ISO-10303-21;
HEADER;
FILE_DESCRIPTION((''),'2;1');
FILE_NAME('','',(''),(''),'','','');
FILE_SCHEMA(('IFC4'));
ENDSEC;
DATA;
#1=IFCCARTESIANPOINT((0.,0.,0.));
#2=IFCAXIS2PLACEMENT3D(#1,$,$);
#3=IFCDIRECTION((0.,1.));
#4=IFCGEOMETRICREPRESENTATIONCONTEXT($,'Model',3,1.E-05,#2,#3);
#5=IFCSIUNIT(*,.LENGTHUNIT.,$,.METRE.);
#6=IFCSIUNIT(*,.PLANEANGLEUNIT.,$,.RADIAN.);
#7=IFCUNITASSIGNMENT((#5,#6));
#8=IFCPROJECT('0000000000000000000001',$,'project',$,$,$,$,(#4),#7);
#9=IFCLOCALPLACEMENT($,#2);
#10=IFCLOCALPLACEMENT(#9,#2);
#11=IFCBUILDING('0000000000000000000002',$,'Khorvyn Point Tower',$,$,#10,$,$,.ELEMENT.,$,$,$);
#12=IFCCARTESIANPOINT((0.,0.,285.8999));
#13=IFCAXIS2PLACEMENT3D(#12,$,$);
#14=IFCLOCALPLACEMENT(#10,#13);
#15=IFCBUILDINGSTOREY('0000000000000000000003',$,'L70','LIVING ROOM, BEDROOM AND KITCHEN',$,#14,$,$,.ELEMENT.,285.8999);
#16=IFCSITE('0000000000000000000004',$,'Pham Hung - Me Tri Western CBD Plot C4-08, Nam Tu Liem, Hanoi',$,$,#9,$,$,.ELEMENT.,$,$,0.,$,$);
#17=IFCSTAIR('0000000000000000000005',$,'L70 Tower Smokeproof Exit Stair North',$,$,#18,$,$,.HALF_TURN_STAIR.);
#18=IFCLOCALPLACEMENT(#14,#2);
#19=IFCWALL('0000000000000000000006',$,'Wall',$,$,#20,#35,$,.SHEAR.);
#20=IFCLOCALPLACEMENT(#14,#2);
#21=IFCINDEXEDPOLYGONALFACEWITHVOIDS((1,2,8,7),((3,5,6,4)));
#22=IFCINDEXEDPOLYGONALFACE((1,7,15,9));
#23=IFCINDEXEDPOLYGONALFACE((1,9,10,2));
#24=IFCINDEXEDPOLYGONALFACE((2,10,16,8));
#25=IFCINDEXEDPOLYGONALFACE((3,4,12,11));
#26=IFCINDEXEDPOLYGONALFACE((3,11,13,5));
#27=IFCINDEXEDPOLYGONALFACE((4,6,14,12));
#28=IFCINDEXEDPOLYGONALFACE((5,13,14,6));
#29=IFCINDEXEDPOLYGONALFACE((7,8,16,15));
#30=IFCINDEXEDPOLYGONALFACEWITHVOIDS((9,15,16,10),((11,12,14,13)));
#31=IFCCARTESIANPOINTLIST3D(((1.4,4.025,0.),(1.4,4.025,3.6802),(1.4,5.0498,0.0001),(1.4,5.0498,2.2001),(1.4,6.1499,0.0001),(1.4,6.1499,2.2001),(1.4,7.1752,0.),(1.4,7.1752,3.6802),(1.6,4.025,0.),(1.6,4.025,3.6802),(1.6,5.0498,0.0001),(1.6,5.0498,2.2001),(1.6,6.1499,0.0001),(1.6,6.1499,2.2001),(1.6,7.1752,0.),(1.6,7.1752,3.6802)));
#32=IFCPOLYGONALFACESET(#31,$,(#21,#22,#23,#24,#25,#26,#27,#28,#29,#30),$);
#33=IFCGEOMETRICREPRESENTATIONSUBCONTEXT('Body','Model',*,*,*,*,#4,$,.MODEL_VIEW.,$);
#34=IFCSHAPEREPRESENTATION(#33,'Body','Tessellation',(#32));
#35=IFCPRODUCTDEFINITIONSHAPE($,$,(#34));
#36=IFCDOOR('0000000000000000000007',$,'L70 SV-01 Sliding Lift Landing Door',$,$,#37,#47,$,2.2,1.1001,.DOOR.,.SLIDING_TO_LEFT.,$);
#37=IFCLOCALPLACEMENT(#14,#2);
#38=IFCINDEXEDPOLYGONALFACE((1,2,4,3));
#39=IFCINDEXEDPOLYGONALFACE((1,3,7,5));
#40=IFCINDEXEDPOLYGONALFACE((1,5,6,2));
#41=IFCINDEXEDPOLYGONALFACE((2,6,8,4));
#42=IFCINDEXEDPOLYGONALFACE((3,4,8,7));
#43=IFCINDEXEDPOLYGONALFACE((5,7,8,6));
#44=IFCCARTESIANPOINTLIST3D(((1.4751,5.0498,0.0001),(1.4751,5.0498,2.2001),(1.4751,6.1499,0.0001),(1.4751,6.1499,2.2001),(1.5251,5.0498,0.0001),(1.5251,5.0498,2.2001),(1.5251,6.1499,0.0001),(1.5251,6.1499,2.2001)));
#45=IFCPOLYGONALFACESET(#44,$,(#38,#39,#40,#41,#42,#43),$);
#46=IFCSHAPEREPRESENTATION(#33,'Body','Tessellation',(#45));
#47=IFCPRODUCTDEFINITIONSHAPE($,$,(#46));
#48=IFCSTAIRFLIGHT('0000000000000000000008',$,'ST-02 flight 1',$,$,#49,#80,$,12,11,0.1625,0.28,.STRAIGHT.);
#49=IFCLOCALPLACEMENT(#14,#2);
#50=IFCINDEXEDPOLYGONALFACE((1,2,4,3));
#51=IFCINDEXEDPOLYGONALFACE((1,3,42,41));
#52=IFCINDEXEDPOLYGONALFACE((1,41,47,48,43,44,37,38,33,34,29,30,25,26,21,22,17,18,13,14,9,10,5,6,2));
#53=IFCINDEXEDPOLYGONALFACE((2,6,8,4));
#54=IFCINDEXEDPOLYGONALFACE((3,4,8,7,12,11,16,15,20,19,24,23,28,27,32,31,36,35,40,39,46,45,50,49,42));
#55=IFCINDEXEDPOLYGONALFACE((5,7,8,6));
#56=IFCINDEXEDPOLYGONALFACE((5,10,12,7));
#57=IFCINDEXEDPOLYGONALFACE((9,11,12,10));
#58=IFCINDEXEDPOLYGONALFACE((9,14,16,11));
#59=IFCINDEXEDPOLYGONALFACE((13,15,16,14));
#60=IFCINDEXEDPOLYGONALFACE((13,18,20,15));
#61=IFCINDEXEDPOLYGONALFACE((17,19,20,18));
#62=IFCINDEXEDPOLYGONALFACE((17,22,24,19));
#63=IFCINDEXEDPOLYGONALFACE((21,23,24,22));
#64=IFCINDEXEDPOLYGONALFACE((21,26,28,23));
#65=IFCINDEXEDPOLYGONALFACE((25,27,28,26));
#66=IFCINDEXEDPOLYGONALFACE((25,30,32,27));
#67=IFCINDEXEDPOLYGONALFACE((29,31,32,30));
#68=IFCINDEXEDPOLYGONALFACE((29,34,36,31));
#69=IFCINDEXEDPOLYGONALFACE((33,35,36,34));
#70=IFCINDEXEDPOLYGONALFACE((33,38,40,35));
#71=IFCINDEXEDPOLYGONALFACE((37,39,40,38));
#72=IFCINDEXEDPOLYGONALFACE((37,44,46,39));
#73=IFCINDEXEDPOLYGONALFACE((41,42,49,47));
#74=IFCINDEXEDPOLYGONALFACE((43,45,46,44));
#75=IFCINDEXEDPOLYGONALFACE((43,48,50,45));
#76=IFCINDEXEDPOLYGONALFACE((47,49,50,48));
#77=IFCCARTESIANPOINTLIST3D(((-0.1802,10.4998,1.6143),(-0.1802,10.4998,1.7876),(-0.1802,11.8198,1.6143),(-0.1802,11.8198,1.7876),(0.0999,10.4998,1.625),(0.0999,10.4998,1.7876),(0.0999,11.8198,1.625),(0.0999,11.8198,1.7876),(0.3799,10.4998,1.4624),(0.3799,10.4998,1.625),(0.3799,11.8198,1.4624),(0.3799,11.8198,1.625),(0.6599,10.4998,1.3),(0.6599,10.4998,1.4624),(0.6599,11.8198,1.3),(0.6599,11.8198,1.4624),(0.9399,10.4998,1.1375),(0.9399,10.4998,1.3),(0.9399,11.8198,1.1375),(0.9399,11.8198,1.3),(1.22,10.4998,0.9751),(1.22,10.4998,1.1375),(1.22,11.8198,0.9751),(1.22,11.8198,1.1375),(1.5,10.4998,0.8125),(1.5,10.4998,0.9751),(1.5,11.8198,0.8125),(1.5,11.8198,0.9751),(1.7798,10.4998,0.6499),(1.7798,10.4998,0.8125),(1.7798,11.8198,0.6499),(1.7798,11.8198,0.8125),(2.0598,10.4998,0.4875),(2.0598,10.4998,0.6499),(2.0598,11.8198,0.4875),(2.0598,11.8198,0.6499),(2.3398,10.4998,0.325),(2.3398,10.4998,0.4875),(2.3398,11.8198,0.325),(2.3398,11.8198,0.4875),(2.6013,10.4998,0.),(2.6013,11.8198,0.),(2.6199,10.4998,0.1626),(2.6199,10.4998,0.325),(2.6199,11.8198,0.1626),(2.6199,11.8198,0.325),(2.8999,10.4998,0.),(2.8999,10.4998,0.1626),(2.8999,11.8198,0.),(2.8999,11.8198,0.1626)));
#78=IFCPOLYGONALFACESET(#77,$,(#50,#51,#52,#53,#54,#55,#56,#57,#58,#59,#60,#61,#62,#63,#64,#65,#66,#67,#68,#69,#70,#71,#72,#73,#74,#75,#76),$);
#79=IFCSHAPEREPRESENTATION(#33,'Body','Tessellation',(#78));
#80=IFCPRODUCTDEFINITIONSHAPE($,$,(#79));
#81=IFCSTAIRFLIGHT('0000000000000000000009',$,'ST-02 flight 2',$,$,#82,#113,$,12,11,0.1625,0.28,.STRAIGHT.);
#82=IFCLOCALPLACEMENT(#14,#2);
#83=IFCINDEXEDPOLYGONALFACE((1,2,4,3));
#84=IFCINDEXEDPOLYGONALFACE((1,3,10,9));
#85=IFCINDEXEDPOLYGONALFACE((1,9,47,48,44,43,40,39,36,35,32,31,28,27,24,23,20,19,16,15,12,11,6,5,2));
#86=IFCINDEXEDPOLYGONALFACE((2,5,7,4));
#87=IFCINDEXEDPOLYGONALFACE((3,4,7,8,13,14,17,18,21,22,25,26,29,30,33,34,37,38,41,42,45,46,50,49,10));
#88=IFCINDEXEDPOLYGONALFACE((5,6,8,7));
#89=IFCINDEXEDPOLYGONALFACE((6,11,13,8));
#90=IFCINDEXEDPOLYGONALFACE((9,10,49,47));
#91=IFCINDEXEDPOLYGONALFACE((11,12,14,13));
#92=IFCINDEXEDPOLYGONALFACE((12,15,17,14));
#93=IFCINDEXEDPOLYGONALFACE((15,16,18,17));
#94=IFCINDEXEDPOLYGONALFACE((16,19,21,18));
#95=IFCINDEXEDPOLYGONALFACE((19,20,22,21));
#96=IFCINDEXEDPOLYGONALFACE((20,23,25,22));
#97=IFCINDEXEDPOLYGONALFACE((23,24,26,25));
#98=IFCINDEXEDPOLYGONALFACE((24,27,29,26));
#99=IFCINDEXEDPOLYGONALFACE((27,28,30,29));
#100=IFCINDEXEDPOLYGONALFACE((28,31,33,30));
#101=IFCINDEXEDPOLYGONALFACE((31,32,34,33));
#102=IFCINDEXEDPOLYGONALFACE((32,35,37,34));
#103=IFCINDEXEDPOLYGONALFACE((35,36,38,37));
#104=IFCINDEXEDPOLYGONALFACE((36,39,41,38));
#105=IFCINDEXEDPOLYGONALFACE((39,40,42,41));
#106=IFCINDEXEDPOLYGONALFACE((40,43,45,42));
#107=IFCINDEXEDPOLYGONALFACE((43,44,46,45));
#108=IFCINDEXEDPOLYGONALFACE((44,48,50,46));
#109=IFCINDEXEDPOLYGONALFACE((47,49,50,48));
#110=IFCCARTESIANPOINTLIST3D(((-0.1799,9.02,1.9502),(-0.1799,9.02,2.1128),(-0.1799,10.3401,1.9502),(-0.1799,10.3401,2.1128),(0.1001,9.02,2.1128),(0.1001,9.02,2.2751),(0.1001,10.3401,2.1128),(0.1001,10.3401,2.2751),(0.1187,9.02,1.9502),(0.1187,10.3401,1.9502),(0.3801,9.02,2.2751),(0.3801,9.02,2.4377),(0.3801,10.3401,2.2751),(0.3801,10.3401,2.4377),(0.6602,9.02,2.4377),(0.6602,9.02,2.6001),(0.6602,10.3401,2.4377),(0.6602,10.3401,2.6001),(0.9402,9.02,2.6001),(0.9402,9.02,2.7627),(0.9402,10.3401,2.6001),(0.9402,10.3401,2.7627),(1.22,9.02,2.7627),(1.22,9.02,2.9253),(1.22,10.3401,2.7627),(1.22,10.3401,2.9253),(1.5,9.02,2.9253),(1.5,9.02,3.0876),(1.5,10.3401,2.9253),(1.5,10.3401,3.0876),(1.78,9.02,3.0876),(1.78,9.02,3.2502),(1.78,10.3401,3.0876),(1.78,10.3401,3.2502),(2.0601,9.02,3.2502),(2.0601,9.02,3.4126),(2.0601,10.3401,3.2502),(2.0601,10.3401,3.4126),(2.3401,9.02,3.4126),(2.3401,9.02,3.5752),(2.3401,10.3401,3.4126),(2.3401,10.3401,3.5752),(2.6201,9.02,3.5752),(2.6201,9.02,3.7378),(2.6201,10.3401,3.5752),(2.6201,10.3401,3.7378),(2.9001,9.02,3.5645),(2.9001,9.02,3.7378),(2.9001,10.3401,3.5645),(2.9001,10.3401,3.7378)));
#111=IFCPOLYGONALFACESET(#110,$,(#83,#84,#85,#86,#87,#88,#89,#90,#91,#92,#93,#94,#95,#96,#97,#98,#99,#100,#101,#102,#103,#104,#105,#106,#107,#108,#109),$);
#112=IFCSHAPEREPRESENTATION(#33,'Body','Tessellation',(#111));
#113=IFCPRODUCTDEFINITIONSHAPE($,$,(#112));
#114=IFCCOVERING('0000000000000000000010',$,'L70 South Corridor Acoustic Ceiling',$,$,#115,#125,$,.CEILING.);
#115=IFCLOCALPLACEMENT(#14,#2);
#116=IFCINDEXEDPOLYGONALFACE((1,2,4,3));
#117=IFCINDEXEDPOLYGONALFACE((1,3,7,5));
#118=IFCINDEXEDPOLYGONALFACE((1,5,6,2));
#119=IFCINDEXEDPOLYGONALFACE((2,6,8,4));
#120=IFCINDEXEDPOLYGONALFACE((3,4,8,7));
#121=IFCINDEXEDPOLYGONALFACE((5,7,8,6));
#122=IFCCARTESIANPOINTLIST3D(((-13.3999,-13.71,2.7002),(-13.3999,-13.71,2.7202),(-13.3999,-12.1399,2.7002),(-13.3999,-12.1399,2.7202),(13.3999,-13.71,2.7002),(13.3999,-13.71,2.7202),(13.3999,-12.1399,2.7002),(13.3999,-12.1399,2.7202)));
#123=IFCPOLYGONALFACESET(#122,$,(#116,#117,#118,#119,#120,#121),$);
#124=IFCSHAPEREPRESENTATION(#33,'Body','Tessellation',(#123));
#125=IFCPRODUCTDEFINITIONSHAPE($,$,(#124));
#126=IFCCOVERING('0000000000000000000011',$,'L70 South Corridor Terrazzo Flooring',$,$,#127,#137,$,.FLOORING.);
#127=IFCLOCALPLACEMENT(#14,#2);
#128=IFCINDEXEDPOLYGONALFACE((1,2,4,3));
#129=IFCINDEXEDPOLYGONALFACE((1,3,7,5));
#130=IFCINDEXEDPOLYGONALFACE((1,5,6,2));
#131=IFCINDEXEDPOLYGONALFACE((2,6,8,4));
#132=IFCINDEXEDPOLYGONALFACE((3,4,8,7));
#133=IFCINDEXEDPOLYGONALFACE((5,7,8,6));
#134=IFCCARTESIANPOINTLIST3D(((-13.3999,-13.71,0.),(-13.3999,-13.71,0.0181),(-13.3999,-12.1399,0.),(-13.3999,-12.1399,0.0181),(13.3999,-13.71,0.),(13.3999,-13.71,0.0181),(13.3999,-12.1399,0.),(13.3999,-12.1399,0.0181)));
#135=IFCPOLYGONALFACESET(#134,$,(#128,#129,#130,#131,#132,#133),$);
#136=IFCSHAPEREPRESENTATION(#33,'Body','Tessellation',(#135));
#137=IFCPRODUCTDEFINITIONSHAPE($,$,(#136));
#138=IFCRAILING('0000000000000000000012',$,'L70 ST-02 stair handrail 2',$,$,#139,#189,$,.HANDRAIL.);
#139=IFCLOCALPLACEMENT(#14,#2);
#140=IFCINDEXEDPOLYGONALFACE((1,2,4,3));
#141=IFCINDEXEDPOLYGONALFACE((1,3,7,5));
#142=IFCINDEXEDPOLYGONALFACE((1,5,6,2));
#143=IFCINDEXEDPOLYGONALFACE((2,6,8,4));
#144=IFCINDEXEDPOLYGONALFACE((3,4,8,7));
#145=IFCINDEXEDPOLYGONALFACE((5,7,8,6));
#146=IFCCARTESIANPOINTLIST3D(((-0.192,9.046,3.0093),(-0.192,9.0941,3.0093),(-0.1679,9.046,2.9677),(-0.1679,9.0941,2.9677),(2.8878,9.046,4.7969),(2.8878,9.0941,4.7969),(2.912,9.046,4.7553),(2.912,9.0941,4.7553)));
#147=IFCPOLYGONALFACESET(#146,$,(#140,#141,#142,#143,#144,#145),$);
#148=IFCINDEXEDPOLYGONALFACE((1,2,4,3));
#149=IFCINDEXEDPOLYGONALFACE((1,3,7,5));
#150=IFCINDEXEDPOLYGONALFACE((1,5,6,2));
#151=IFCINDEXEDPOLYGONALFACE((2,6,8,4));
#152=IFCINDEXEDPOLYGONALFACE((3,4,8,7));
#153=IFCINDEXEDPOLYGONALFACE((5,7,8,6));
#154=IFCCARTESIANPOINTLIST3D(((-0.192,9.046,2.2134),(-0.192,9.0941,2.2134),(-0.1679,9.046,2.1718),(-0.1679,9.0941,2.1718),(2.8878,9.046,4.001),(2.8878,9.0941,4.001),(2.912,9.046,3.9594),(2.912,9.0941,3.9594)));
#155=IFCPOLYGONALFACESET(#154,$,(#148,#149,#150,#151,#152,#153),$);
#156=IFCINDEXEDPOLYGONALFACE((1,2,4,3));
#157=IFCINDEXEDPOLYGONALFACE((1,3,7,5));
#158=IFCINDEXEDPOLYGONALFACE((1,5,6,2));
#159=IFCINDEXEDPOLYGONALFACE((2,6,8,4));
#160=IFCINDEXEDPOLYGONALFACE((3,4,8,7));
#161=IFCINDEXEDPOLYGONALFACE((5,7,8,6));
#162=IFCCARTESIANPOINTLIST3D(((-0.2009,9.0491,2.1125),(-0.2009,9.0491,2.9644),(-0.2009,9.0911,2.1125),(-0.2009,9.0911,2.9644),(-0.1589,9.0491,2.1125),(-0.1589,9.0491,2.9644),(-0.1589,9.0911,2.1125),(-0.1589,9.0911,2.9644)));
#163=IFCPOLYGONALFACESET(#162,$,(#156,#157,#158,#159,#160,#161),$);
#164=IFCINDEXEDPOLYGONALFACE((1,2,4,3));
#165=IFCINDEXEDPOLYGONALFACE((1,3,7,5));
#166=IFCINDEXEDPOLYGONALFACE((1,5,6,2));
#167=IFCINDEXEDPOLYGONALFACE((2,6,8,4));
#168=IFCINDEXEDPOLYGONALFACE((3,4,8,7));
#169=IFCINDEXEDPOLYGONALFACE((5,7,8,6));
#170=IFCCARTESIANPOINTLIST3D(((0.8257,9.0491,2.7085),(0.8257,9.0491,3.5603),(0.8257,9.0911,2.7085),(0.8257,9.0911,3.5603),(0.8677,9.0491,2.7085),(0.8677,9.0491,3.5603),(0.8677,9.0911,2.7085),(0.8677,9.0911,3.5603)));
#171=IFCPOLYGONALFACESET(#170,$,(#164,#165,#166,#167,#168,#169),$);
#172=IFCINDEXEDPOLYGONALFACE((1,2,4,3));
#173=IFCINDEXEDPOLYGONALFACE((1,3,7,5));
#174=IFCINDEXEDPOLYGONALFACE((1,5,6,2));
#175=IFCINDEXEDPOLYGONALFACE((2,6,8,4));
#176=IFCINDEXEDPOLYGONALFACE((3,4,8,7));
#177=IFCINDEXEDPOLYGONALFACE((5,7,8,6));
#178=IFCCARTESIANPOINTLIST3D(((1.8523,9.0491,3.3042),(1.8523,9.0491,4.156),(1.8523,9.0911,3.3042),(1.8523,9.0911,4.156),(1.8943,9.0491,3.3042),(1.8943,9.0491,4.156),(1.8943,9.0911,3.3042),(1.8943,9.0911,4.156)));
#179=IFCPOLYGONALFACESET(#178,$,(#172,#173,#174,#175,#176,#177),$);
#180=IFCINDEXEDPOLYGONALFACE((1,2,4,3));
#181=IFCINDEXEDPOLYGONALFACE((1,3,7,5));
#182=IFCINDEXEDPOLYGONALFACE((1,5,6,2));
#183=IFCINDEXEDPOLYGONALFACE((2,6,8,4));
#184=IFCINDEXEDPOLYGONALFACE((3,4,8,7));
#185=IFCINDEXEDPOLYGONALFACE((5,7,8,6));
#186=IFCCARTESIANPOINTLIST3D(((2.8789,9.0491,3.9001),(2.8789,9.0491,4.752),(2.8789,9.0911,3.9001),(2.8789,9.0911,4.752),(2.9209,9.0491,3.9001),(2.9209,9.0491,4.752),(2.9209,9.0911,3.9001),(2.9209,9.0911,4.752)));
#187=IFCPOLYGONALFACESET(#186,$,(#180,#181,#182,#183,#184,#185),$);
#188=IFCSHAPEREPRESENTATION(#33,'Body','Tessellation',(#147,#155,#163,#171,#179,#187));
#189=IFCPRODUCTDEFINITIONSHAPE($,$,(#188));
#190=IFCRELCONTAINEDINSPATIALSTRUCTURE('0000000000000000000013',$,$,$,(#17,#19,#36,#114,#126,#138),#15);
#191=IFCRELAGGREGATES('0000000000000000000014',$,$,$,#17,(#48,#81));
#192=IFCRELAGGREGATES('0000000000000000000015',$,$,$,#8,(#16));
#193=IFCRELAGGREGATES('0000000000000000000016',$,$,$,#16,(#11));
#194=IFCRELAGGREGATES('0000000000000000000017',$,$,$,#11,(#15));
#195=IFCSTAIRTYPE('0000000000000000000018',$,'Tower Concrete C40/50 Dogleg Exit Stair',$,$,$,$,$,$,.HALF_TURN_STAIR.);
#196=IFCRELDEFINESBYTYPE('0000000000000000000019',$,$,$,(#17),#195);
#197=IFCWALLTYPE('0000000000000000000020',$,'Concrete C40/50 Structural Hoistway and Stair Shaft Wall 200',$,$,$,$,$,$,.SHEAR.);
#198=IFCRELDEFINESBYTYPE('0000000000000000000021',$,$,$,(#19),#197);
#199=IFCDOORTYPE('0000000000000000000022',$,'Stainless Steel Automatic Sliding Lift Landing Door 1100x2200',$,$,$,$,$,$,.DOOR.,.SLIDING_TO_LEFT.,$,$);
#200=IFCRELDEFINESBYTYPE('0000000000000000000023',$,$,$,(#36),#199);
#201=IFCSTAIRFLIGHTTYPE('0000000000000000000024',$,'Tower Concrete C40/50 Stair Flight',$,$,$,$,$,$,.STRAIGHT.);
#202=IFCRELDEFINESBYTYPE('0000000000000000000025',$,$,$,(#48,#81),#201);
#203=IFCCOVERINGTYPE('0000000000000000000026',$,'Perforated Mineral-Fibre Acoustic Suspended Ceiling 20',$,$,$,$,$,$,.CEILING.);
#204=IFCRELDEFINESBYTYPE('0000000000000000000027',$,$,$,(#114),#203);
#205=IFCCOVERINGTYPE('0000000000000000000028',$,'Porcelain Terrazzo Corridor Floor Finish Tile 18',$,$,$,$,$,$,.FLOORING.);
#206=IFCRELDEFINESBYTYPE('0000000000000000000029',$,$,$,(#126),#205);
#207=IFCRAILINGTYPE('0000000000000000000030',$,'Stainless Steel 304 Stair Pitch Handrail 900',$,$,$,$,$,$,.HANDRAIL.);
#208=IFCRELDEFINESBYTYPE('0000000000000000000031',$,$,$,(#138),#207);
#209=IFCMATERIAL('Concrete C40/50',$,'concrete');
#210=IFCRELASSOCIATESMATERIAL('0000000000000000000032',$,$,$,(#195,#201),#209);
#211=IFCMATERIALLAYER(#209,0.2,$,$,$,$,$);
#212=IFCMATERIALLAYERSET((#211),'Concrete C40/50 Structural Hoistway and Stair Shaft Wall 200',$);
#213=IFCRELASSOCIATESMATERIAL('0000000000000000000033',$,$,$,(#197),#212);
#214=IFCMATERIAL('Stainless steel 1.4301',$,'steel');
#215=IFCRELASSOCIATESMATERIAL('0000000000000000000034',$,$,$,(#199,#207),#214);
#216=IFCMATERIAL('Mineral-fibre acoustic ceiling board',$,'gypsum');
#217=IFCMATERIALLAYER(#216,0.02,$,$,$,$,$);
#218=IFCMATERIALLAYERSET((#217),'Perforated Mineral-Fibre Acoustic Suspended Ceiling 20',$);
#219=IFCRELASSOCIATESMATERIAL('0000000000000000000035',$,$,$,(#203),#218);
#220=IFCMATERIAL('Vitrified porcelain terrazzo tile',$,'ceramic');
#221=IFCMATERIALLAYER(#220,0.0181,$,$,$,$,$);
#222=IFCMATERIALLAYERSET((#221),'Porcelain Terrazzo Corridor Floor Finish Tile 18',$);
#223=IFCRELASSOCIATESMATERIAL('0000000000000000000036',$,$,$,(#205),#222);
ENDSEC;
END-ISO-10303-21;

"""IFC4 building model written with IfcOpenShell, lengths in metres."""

from ifc_helpers import new_model, si_unit, direction, frame, frame_2d, origin, origin_2d, place, context, subcontext, project, spatial, polyline, rectangle, outline, extrude, material, layer, layer_set, type_object, element, fill, aggregate, save


model = new_model("IFC4")

# Units and contexts
model_context = context("Model", 3, precision=1e-05, world=origin(), true_north=direction((0.0, 1.0)))
body_context = subcontext(model_context, "Body", "Model", "MODEL_VIEW")
ifc_project = project(units=[si_unit("LENGTHUNIT", "METRE"), si_unit("PLANEANGLEUNIT", "RADIAN")], contexts=[model_context])

# Site, building, storey
site_placement = place(None, origin())
site = spatial("IfcSite", under=ifc_project, at=site_placement, Name="Pham Hung - Me Tri Western CBD Plot C4-08, Nam Tu Liem, Hanoi", CompositionType="ELEMENT", RefElevation=0.0)
building_placement = place(site_placement, origin())
building = spatial("IfcBuilding", under=site, at=building_placement, Name="Khorvyn Point Tower", CompositionType="ELEMENT")
storey_placement = place(building_placement, frame((0.0, 0.0, 285.8999)))
storey = spatial("IfcBuildingStorey", under=building, at=storey_placement, Name="L70", Description="LIVING ROOM, BEDROOM AND KITCHEN", CompositionType="ELEMENT", Elevation=285.8999)

# Shared definitions
ifc_material_1 = material(Name="Concrete C40/50", Category="concrete")

# Stair
stair_type = type_object("IfcStairType", Name="Tower Concrete C40/50 Dogleg Exit Stair", PredefinedType="HALF_TURN_STAIR", material=ifc_material_1)
stair_1_placement = place(storey_placement, origin())
stair_1 = element("IfcStair", 1, at=stair_1_placement, inside=storey, type_object=stair_type, Name="L70 Tower Smokeproof Exit Stair North", PredefinedType="HALF_TURN_STAIR")

# Wall, opening, door
ifc_layer_1 = layer(ifc_material_1, 0.2)
ifc_layer_set_1 = layer_set([ifc_layer_1], Name="Concrete C40/50 Structural Hoistway and Stair Shaft Wall 200")
wall_type = type_object("IfcWallType", Name="Concrete C40/50 Structural Hoistway and Stair Shaft Wall 200", PredefinedType="SHEAR", material=ifc_layer_set_1)
ifc_material_2 = material(Name="Stainless steel 1.4301", Category="steel")
door_type = type_object("IfcDoorType", Name="Stainless Steel Automatic Sliding Lift Landing Door 1100x2200", OperationType="SLIDING_TO_LEFT", PredefinedType="DOOR", material=ifc_material_2)
wall_1_placement = place(storey_placement, frame((1.5, 4.0249, 0.0), z_axis=(0.0, 0.0, 1.0), x_axis=(0.0, 1.0, 0.0)))
wall_1 = element("IfcWall", 2, at=wall_1_placement, inside=storey, type_object=wall_type, Name="Wall", PredefinedType="SHEAR", context=body_context, shape_type="SweptSolid", body=[
    extrude(rectangle(XDim=3.1501, YDim=0.2, at=frame_2d((1.5752, 0.0))), origin(), (0.0, 0.0, 1.0), 3.6802),
])
opening_1_placement = place(wall_1_placement, frame((1.0249, 0.0, 0.0)))
opening_1 = element("IfcOpeningElement", 3, at=opening_1_placement, cuts=wall_1, PredefinedType="OPENING", context=body_context, shape_type="SweptSolid", body=[
    extrude(rectangle(XDim=1.1001, YDim=2.2, at=frame_2d((0.55, 1.1001))), frame((0.0, 0.1099, 0.0), z_axis=(0.0, -1.0, 0.0), x_axis=(1.0, 0.0, 0.0)), (0.0, 0.0, 1.0), 0.22),
])
door_1_placement = place(opening_1_placement, origin())
door_1 = element("IfcDoor", 4, at=door_1_placement, inside=storey, type_object=door_type, Name="L70 SV-01 Sliding Lift Landing Door", OperationType="SLIDING_TO_LEFT", OverallHeight=2.2, OverallWidth=1.1001, PredefinedType="DOOR", context=body_context, shape_type="SweptSolid", body=[
    extrude(rectangle(XDim=1.1001, YDim=2.2, at=frame_2d((0.55, 1.1001))), frame((0.0, 0.0249, 0.0), z_axis=(0.0, -1.0, 0.0), x_axis=(1.0, 0.0, 0.0)), (0.0, 0.0, 1.0), 0.05),
])
fill(opening_1, door_1)

# Stair flights
stair_flight_type = type_object("IfcStairFlightType", Name="Tower Concrete C40/50 Stair Flight", PredefinedType="STRAIGHT", material=ifc_material_1)
stair_flight_1_placement = place(storey_placement, frame((2.8999, 11.1599, 0.0), z_axis=(0.0, 0.0, 1.0), x_axis=(-1.0, 0.0, 0.0)))
stair_flight_1 = element("IfcStairFlight", 5, at=stair_flight_1_placement, type_object=stair_flight_type, Name="ST-02 flight 1", NumberOfRisers=12, NumberOfTreads=11, PredefinedType="STRAIGHT", RiserHeight=0.1625, TreadLength=0.28, context=body_context, shape_type="SweptSolid", body=[
    extrude(outline(polyline([(0.0, 0.0), (0.0, 0.1626), (0.28, 0.1626), (0.28, 0.325), (0.5601, 0.325), (0.5601, 0.4875), (0.8401, 0.4875), (0.8401, 0.6499), (1.1201, 0.6499), (1.1201, 0.8125), (1.3999, 0.8125), (1.3999, 0.9751), (1.6799, 0.9751), (1.6799, 1.1375), (1.96, 1.1375), (1.96, 1.3), (2.24, 1.3), (2.24, 1.4624), (2.52, 1.4624), (2.52, 1.625), (2.8, 1.625), (2.8, 1.7876), (3.0801, 1.7876), (3.0801, 1.95), (3.0801, 1.6143), (0.2986, 0.0), (0.0, 0.0)])), frame((0.0, 0.6602, 0.0), z_axis=(0.0, -1.0, 0.0), x_axis=(1.0, 0.0, 0.0)), (0.0, 0.0, 1.0), 1.3201),
])
stair_flight_2_placement = place(storey_placement, frame((-0.1799, 9.6799, 1.9502), z_axis=(0.0, 0.0, 1.0), x_axis=(1.0, 0.0, 0.0)))
stair_flight_2 = element("IfcStairFlight", 6, at=stair_flight_2_placement, type_object=stair_flight_type, Name="ST-02 flight 2", NumberOfRisers=12, NumberOfTreads=11, PredefinedType="STRAIGHT", RiserHeight=0.1625, TreadLength=0.28, context=body_context, shape_type="SweptSolid", body=[
    extrude(outline(polyline([(0.0, 0.0), (0.0, 0.1626), (0.28, 0.1626), (0.28, 0.325), (0.5601, 0.325), (0.5601, 0.4875), (0.8401, 0.4875), (0.8401, 0.6499), (1.1201, 0.6499), (1.1201, 0.8125), (1.3999, 0.8125), (1.3999, 0.9751), (1.6799, 0.9751), (1.6799, 1.1375), (1.96, 1.1375), (1.96, 1.3), (2.24, 1.3), (2.24, 1.4624), (2.52, 1.4624), (2.52, 1.625), (2.8, 1.625), (2.8, 1.7876), (3.0801, 1.7876), (3.0801, 1.95), (3.0801, 1.6143), (0.2986, 0.0), (0.0, 0.0)])), frame((0.0, 0.6602, 0.0), z_axis=(0.0, -1.0, 0.0), x_axis=(1.0, 0.0, 0.0)), (0.0, 0.0, 1.0), 1.3201),
])
aggregate(stair_1, [stair_flight_1, stair_flight_2])

# Coverings
ifc_material_3 = material(Name="Mineral-fibre acoustic ceiling board", Category="gypsum")
ifc_layer_2 = layer(ifc_material_3, 0.02)
ifc_layer_set_2 = layer_set([ifc_layer_2], Name="Perforated Mineral-Fibre Acoustic Suspended Ceiling 20")
covering_type_1 = type_object("IfcCoveringType", Name="Perforated Mineral-Fibre Acoustic Suspended Ceiling 20", PredefinedType="CEILING", material=ifc_layer_set_2)
covering_1_placement = place(storey_placement, frame((0.0, 0.0, 2.7002)))
element("IfcCovering", 7, at=covering_1_placement, inside=storey, type_object=covering_type_1, Name="L70 South Corridor Acoustic Ceiling", PredefinedType="CEILING", context=body_context, shape_type="SweptSolid", body=[
    extrude(outline(polyline([(-13.3999, -13.71), (13.3999, -13.71), (13.3999, -12.1399), (-13.3999, -12.1399), (-13.3999, -13.71)])), origin(), (0.0, 0.0, 1.0), 0.02),
])
ifc_material_4 = material(Name="Vitrified porcelain terrazzo tile", Category="ceramic")
ifc_layer_3 = layer(ifc_material_4, 0.0181)
ifc_layer_set_3 = layer_set([ifc_layer_3], Name="Porcelain Terrazzo Corridor Floor Finish Tile 18")
covering_type_2 = type_object("IfcCoveringType", Name="Porcelain Terrazzo Corridor Floor Finish Tile 18", PredefinedType="FLOORING", material=ifc_layer_set_3)
covering_2_placement = place(storey_placement, origin())
element("IfcCovering", 8, at=covering_2_placement, inside=storey, type_object=covering_type_2, Name="L70 South Corridor Terrazzo Flooring", PredefinedType="FLOORING", context=body_context, shape_type="SweptSolid", body=[
    extrude(outline(polyline([(-13.3999, -13.71), (13.3999, -13.71), (13.3999, -12.1399), (-13.3999, -12.1399), (-13.3999, -13.71)])), origin(), (0.0, 0.0, 1.0), 0.0181),
])

# Railing
railing_type_1 = type_object("IfcRailingType", Name="Stainless Steel 304 Stair Pitch Handrail 900", PredefinedType="HANDRAIL", material=ifc_material_2)
railing_1_placement = place(storey_placement, frame((-0.1799, 9.0701, 2.1125)))
element("IfcRailing", 9, at=railing_1_placement, inside=storey, type_object=railing_type_1, Name="L70 ST-02 stair handrail 2", PredefinedType="HANDRAIL", context=body_context, shape_type="SweptSolid", body=[
    extrude(rectangle(XDim=0.0481, YDim=0.0481, at=origin_2d()), frame((0.0, 0.0, 0.876), z_axis=(0.864873, 0.0, 0.50199), x_axis=(0.0, 1.0, 0.0)), (0.0, 0.0, 1.0), 3.561),
    extrude(rectangle(XDim=0.0481, YDim=0.0481, at=origin_2d()), frame((0.0, 0.0, 0.0801), z_axis=(0.864873, 0.0, 0.50199), x_axis=(0.0, 1.0, 0.0)), (0.0, 0.0, 1.0), 3.561),
    extrude(rectangle(XDim=0.042, YDim=0.042, at=origin_2d()), origin(), (0.0, 0.0, 1.0), 0.8518),
    extrude(rectangle(XDim=0.042, YDim=0.042, at=origin_2d()), frame((1.0266, 0.0, 0.5959)), (0.0, 0.0, 1.0), 0.8518),
    extrude(rectangle(XDim=0.042, YDim=0.042, at=origin_2d()), frame((2.0532, 0.0, 1.1917)), (0.0, 0.0, 1.0), 0.8518),
    extrude(rectangle(XDim=0.042, YDim=0.042, at=origin_2d()), frame((3.0798, 0.0, 1.7876)), (0.0, 0.0, 1.0), 0.8518),
])

save(model, "model.ifc")
